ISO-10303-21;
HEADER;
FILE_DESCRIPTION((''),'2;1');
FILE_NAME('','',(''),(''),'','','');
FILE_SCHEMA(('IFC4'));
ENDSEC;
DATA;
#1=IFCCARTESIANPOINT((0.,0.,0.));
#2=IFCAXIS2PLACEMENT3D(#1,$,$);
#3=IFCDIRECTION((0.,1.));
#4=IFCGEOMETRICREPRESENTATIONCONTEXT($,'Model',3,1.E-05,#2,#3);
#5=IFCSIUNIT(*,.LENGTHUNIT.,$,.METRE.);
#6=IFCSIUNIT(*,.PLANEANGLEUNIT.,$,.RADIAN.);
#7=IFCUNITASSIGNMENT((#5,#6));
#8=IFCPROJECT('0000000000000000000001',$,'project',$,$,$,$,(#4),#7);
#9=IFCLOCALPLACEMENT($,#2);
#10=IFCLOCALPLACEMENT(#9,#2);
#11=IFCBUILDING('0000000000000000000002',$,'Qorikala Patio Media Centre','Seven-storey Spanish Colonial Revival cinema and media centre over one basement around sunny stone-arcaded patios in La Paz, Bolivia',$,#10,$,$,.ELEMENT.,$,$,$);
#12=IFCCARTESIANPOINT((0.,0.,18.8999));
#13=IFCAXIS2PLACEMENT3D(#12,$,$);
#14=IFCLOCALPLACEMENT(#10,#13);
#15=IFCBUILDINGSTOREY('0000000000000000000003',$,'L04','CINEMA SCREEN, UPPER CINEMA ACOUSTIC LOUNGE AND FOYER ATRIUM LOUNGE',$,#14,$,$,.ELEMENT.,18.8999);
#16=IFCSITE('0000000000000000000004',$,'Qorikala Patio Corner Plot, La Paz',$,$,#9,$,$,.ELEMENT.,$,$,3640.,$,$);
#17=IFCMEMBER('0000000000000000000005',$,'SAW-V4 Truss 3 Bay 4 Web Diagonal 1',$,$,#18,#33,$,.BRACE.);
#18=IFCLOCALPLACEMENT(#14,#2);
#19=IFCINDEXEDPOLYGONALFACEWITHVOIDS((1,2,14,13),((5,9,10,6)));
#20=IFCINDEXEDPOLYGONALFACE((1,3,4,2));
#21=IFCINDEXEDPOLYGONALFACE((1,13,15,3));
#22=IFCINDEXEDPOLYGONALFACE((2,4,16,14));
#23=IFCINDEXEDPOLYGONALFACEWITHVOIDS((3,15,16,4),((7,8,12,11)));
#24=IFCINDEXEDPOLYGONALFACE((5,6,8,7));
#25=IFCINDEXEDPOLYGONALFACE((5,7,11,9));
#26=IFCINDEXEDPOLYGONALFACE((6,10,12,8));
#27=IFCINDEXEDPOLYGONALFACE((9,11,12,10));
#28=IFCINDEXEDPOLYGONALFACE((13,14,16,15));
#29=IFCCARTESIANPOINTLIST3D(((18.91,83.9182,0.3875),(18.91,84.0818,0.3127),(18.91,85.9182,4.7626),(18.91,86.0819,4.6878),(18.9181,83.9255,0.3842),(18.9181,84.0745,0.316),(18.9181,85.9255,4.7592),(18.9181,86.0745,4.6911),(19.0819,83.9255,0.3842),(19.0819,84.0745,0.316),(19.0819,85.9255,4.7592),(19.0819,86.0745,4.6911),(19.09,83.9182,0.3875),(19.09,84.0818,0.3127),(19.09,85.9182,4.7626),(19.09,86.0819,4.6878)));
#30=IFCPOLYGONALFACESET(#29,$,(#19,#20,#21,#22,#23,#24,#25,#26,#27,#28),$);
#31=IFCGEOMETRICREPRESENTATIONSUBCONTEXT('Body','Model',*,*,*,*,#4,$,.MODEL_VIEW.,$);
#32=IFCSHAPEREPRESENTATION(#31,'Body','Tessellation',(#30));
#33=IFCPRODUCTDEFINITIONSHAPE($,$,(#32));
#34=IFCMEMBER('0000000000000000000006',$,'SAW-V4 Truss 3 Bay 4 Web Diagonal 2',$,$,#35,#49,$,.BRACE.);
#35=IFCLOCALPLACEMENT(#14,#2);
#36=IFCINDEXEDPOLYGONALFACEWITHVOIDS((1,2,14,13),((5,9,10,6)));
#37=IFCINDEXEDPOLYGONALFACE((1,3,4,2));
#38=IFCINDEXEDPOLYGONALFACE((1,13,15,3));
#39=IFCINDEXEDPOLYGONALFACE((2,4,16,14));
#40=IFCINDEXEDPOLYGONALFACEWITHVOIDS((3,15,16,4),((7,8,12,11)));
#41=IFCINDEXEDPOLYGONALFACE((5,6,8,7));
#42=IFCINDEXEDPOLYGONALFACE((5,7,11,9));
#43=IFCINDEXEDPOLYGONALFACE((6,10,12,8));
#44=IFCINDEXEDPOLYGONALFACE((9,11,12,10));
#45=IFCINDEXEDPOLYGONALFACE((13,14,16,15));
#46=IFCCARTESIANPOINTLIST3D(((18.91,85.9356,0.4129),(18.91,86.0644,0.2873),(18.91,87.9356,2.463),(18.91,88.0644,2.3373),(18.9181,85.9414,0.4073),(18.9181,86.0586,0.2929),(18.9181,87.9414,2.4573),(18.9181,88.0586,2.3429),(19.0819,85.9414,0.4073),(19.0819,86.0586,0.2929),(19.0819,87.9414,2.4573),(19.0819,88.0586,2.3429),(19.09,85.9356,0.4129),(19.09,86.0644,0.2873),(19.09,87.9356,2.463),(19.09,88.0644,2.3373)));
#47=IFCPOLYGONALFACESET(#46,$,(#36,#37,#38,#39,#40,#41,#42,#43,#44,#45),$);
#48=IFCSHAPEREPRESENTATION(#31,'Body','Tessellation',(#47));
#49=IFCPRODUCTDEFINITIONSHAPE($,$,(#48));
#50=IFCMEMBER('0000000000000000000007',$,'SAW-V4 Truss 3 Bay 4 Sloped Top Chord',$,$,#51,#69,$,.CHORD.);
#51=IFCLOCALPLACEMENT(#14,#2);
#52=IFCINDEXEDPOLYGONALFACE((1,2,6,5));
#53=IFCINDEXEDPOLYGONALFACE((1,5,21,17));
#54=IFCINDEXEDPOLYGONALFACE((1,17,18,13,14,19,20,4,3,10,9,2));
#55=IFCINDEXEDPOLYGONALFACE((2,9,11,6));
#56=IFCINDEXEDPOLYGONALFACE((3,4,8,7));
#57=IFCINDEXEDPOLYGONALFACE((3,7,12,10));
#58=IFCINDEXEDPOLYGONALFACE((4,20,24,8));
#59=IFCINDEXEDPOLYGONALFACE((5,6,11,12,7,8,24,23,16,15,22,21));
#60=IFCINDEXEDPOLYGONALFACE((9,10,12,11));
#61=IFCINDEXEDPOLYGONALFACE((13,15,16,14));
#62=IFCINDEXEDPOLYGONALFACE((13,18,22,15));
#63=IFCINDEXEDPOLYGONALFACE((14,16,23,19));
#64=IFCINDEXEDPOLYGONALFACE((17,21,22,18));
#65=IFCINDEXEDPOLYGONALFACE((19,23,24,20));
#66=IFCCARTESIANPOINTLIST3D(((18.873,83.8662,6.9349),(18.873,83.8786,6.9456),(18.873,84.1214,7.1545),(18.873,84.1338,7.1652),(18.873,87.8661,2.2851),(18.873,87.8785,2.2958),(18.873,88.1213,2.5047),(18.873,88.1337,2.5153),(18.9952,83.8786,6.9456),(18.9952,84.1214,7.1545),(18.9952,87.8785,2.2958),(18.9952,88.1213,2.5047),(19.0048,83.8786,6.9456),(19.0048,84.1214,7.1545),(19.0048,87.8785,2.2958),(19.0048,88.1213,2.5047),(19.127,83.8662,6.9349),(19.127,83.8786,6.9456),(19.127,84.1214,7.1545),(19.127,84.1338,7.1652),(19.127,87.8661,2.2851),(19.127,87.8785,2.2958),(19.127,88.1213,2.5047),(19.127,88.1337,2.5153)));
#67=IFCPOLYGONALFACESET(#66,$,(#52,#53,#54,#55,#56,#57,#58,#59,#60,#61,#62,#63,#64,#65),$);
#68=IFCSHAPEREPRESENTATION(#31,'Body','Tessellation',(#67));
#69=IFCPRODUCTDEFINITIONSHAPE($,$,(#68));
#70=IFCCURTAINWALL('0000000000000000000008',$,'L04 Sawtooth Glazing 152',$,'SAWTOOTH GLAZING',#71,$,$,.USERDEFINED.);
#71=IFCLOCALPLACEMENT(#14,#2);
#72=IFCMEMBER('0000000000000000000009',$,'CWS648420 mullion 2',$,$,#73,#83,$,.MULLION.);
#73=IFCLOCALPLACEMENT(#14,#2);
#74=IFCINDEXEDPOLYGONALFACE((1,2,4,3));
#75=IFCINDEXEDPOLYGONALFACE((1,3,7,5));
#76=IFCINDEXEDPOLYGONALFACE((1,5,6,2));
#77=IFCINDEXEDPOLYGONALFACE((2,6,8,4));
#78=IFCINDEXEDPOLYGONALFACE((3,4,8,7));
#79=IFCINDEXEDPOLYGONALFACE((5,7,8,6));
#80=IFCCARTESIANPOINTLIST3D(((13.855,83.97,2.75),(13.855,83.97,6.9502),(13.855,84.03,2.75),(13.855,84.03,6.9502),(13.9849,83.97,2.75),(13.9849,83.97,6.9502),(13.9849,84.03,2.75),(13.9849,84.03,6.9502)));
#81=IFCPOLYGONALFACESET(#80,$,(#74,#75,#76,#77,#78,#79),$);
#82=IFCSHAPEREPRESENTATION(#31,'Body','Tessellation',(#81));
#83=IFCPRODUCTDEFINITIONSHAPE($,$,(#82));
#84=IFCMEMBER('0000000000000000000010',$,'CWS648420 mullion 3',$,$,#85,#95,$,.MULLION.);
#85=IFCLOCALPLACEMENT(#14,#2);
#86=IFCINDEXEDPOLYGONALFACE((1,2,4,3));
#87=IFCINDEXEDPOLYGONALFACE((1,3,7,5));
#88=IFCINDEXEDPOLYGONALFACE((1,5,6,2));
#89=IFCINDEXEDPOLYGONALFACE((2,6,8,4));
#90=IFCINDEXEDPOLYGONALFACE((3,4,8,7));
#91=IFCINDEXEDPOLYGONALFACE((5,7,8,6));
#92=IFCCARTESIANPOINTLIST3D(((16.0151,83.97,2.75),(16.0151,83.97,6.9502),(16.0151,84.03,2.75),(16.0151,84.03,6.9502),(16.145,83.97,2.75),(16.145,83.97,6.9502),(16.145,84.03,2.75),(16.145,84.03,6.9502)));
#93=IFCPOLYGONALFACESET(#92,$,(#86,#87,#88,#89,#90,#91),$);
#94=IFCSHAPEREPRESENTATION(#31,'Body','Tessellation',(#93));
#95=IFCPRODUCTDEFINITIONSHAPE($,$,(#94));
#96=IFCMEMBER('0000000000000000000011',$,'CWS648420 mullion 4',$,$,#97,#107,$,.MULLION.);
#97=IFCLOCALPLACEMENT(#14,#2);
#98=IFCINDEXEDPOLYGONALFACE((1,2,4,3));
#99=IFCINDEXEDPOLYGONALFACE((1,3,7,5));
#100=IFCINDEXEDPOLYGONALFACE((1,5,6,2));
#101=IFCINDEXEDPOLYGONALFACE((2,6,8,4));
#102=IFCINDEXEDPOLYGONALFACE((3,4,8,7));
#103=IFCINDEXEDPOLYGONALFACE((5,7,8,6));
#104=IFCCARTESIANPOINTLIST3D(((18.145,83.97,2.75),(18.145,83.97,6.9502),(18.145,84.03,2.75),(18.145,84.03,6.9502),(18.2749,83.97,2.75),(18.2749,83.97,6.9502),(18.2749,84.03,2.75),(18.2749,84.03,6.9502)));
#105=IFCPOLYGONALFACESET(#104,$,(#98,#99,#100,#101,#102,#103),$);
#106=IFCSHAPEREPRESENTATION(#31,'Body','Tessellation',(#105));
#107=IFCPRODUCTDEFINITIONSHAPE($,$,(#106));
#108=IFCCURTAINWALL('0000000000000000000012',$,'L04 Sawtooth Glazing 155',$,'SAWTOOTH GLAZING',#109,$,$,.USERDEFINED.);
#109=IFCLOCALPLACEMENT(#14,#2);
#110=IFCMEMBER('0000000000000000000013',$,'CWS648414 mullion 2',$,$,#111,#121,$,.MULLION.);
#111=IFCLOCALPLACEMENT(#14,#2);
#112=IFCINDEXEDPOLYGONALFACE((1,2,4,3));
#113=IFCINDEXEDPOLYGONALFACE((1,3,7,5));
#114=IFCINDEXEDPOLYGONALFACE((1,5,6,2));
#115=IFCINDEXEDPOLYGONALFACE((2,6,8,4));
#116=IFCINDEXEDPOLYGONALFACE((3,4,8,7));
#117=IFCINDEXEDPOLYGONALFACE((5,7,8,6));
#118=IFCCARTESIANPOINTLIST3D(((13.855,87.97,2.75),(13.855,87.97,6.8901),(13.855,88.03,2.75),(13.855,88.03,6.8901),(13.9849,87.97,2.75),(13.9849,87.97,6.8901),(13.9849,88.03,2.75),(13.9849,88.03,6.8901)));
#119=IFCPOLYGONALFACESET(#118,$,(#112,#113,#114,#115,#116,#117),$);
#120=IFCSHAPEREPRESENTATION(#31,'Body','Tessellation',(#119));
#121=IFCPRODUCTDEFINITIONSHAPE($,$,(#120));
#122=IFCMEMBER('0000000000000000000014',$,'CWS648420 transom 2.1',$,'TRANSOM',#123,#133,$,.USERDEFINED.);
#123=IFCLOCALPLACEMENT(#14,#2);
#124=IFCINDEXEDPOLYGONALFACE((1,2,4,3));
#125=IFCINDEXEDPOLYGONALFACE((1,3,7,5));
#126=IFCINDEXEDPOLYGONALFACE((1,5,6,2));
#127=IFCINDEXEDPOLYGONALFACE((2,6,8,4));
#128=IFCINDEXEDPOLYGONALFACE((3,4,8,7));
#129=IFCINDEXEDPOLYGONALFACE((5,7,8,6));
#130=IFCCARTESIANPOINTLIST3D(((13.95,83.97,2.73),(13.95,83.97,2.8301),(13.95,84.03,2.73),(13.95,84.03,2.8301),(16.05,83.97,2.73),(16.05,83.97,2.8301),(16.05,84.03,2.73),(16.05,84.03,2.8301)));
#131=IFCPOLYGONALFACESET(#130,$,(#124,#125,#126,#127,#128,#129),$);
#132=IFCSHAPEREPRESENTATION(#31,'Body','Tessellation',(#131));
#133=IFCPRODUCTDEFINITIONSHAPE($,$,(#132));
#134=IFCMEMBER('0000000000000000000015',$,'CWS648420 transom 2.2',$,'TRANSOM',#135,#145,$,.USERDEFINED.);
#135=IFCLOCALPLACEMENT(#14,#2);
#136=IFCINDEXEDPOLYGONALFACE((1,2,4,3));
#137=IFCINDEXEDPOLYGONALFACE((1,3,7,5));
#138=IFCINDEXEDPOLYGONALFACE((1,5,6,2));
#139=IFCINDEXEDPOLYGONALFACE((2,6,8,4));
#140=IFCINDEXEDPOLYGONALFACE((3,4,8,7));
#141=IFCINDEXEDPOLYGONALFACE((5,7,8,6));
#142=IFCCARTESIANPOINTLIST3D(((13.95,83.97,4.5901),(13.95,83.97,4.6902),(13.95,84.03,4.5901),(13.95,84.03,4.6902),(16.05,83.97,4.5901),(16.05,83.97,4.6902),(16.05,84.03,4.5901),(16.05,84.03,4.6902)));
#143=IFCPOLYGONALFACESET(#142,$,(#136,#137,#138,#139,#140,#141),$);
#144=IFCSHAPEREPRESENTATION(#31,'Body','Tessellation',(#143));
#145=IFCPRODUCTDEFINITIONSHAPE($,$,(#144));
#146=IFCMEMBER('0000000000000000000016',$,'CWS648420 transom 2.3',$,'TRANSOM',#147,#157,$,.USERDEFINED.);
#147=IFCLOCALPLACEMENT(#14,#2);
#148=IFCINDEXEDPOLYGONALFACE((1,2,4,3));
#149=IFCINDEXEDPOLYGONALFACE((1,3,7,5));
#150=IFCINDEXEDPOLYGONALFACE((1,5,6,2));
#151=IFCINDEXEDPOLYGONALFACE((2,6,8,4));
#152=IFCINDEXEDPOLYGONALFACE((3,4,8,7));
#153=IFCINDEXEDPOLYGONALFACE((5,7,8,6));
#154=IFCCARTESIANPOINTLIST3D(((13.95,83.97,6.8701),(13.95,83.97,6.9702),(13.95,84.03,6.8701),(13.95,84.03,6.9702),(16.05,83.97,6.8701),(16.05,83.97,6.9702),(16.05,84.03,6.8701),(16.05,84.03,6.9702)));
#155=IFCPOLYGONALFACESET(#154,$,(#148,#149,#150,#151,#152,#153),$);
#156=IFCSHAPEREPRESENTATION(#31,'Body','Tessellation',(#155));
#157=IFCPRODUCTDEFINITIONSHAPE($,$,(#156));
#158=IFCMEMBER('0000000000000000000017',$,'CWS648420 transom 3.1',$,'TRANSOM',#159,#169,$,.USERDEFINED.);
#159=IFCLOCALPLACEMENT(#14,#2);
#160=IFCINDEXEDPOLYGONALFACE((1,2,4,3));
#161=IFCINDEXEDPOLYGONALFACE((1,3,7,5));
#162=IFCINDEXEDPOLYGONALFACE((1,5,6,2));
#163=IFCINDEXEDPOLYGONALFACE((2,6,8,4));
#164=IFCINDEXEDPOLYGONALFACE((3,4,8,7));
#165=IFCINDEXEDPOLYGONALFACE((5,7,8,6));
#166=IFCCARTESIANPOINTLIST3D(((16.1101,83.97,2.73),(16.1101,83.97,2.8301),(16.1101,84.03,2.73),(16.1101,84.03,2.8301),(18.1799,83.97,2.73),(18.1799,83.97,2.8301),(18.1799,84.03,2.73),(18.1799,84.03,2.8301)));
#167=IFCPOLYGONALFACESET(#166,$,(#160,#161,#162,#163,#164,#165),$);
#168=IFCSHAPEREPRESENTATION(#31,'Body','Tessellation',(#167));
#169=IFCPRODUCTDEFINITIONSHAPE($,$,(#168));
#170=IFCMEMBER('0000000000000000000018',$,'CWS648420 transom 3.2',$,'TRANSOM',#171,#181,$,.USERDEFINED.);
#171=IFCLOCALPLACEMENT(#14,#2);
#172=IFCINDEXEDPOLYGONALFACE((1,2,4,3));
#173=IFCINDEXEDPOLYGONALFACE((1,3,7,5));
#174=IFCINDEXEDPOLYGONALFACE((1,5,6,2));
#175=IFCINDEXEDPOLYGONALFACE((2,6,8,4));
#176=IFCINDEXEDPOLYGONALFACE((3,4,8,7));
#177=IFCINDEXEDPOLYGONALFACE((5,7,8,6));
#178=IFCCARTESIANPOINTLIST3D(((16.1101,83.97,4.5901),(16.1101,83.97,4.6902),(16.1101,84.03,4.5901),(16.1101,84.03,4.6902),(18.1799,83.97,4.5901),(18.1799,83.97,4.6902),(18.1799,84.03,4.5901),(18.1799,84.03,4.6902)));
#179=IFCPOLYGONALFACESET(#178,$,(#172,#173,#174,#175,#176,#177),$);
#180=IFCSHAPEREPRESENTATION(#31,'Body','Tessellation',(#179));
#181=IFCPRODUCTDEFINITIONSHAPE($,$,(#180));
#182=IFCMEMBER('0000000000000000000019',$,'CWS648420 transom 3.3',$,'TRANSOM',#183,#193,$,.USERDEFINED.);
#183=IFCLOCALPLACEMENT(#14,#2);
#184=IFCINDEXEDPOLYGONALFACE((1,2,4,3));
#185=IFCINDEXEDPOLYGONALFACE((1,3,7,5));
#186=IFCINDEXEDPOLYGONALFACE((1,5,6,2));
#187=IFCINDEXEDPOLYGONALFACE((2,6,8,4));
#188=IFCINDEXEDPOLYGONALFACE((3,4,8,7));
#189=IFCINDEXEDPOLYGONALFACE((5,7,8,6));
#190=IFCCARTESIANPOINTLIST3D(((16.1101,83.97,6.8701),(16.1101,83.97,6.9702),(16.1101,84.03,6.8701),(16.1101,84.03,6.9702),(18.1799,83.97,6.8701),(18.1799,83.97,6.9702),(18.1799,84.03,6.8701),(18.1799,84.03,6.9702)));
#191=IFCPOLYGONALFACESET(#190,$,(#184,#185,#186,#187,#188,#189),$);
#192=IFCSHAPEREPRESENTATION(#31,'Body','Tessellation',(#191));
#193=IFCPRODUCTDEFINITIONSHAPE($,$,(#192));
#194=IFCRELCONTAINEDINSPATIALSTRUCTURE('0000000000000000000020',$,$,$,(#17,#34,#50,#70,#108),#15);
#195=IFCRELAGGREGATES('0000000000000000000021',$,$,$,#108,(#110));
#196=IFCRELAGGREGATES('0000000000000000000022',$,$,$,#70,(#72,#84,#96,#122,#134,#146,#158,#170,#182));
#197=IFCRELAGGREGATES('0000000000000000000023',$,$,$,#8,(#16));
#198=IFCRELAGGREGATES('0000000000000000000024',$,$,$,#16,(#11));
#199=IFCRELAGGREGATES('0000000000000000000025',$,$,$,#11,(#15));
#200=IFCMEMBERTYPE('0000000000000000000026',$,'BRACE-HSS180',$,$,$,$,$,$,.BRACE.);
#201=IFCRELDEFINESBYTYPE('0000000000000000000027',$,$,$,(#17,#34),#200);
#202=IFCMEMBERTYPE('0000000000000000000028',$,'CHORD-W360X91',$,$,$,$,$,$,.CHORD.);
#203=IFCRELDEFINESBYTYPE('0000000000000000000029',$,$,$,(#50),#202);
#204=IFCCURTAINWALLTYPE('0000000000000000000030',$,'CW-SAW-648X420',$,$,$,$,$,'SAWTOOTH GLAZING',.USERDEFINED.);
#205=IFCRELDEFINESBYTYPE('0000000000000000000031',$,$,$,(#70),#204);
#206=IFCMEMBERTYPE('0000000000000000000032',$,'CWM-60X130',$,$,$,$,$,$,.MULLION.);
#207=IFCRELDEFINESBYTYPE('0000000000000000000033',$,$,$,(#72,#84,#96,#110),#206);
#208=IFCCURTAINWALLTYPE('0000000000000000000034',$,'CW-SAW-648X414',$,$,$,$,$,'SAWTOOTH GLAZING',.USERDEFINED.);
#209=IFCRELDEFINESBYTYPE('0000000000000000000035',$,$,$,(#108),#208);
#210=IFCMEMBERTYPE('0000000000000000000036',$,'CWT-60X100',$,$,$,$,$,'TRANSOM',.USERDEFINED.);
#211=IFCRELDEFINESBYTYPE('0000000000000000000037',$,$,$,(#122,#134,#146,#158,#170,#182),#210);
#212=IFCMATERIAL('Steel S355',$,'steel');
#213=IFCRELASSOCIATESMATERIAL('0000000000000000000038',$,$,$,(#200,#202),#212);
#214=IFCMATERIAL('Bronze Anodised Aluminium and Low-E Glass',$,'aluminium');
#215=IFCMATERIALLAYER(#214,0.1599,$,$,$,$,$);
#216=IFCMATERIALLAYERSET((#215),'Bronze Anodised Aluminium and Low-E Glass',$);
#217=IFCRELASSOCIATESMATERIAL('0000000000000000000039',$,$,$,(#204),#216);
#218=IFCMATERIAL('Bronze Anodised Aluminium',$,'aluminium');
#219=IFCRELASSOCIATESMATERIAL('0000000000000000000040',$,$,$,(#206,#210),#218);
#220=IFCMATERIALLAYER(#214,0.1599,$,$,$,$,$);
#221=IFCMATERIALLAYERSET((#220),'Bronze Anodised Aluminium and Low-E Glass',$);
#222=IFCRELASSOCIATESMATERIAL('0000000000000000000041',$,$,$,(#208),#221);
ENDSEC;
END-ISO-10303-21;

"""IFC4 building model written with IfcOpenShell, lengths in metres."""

from ifc_helpers import new_model, si_unit, direction, frame, origin, origin_2d, place, context, subcontext, project, spatial, rectangle, hollow_rectangle, i_section, extrude, material, layer, layer_set, material_profile, profile_set, type_object, element, aggregate, save


model = new_model("IFC4")

# Units and contexts
model_context = context("Model", 3, precision=1e-05, world=origin(), true_north=direction((0.0, 1.0)))
body_context = subcontext(model_context, "Body", "Model", "MODEL_VIEW")
ifc_project = project(units=[si_unit("LENGTHUNIT", "METRE"), si_unit("PLANEANGLEUNIT", "RADIAN")], contexts=[model_context])

# Site, building, storey
site_placement = place(None, origin())
site = spatial("IfcSite", under=ifc_project, at=site_placement, Name="Qorikala Patio Corner Plot, La Paz", CompositionType="ELEMENT", RefElevation=3640.0)
building_placement = place(site_placement, origin())
building = spatial("IfcBuilding", under=site, at=building_placement, Name="Qorikala Patio Media Centre", Description="Seven-storey Spanish Colonial Revival cinema and media centre over one basement around sunny stone-arcaded patios in La Paz, Bolivia", CompositionType="ELEMENT")
storey_placement = place(building_placement, frame((0.0, 0.0, 18.8999)))
storey = spatial("IfcBuildingStorey", under=building, at=storey_placement, Name="L04", Description="CINEMA SCREEN, UPPER CINEMA ACOUSTIC LOUNGE AND FOYER ATRIUM LOUNGE", CompositionType="ELEMENT", Elevation=18.8999)

# Members
ifc_material_1 = material(Name="Steel S355", Category="steel")
ifc_material_profile_1 = material_profile(ifc_material_1, hollow_rectangle(XDim=0.1799, YDim=0.1799, WallThickness=0.0081, at=origin_2d()), Name="HSS180X180X8")
ifc_profile_set_1 = profile_set([ifc_material_profile_1], Name="Steel S355")
member_type_1 = type_object("IfcMemberType", Name="BRACE-HSS180", PredefinedType="BRACE", material=ifc_profile_set_1)
member_1_placement = place(storey_placement, frame((19.0, 84.0, 0.3501), z_axis=(0.0, 0.41576, 0.909474), x_axis=(-1.0, 0.0, 0.0)))
element("IfcMember", 1, at=member_1_placement, inside=storey, type_object=member_type_1, Name="SAW-V4 Truss 3 Bay 4 Web Diagonal 1", PredefinedType="BRACE", context=body_context, shape_type="SweptSolid", body=[
    extrude(hollow_rectangle(XDim=0.1799, YDim=0.1799, WallThickness=0.0081, at=origin_2d()), origin(), (0.0, 0.0, 1.0), 4.8105),
])
member_2_placement = place(storey_placement, frame((19.0, 86.0, 0.3501), z_axis=(0.0, 0.698315, 0.71579), x_axis=(-1.0, 0.0, 0.0)))
element("IfcMember", 2, at=member_2_placement, inside=storey, type_object=member_type_1, Name="SAW-V4 Truss 3 Bay 4 Web Diagonal 2", PredefinedType="BRACE", context=body_context, shape_type="SweptSolid", body=[
    extrude(hollow_rectangle(XDim=0.1799, YDim=0.1799, WallThickness=0.0081, at=origin_2d()), origin(), (0.0, 0.0, 1.0), 2.864),
])
ifc_material_profile_2 = material_profile(ifc_material_1, i_section(OverallWidth=0.2539, OverallDepth=0.353, WebThickness=0.0095, FlangeThickness=0.0164, at=origin_2d()), Name="W360X91")
ifc_profile_set_2 = profile_set([ifc_material_profile_2], Name="Steel S355")
member_type_2 = type_object("IfcMemberType", Name="CHORD-W360X91", PredefinedType="CHORD", material=ifc_profile_set_2)
member_3_placement = place(storey_placement, frame((19.0, 84.0, 7.05), z_axis=(0.0, 0.652141, -0.758098), x_axis=(-1.0, 0.0, 0.0)))
element("IfcMember", 3, at=member_3_placement, inside=storey, type_object=member_type_2, Name="SAW-V4 Truss 3 Bay 4 Sloped Top Chord", PredefinedType="CHORD", context=body_context, shape_type="SweptSolid", body=[
    extrude(i_section(OverallWidth=0.2539, OverallDepth=0.353, WebThickness=0.0095, FlangeThickness=0.0164, at=origin_2d()), origin(), (0.0, 0.0, 1.0), 6.1335),
])

# Curtain wall, members
ifc_material_2 = material(Name="Bronze Anodised Aluminium and Low-E Glass", Category="aluminium")
ifc_layer_1 = layer(ifc_material_2, 0.1599)
ifc_layer_set_1 = layer_set([ifc_layer_1], Name="Bronze Anodised Aluminium and Low-E Glass")
curtain_wall_type_1 = type_object("IfcCurtainWallType", Name="CW-SAW-648X420", ElementType="SAWTOOTH GLAZING", PredefinedType="USERDEFINED", material=ifc_layer_set_1)
curtain_wall_1_placement = place(storey_placement, origin())
curtain_wall_1 = element("IfcCurtainWall", 4, at=curtain_wall_1_placement, inside=storey, type_object=curtain_wall_type_1, Name="L04 Sawtooth Glazing 152", ObjectType="SAWTOOTH GLAZING", PredefinedType="USERDEFINED")
ifc_material_3 = material(Name="Bronze Anodised Aluminium", Category="aluminium")
ifc_material_profile_3 = material_profile(ifc_material_3, rectangle(XDim=0.0601, YDim=0.1299, at=origin_2d()), Name="ALU MULLION 60x130")
ifc_profile_set_3 = profile_set([ifc_material_profile_3], Name="Bronze Anodised Aluminium")
member_type_3 = type_object("IfcMemberType", Name="CWM-60X130", PredefinedType="MULLION", material=ifc_profile_set_3)
member_4_placement = place(storey_placement, frame((13.9199, 84.0, 2.75), z_axis=(0.0, 0.0, 1.0), x_axis=(0.0, 1.0, 0.0)))
member_4 = element("IfcMember", 5, at=member_4_placement, type_object=member_type_3, Name="CWS648420 mullion 2", PredefinedType="MULLION", context=body_context, shape_type="SweptSolid", body=[
    extrude(rectangle(XDim=0.0601, YDim=0.1299, at=origin_2d()), origin(), (0.0, 0.0, 1.0), 4.2002),
])
member_5_placement = place(storey_placement, frame((16.0801, 84.0, 2.75), z_axis=(0.0, 0.0, 1.0), x_axis=(0.0, 1.0, 0.0)))
member_5 = element("IfcMember", 6, at=member_5_placement, type_object=member_type_3, Name="CWS648420 mullion 3", PredefinedType="MULLION", context=body_context, shape_type="SweptSolid", body=[
    extrude(rectangle(XDim=0.0601, YDim=0.1299, at=origin_2d()), origin(), (0.0, 0.0, 1.0), 4.2002),
])
member_6_placement = place(storey_placement, frame((18.21, 84.0, 2.75), z_axis=(0.0, 0.0, 1.0), x_axis=(0.0, 1.0, 0.0)))
member_6 = element("IfcMember", 7, at=member_6_placement, type_object=member_type_3, Name="CWS648420 mullion 4", PredefinedType="MULLION", context=body_context, shape_type="SweptSolid", body=[
    extrude(rectangle(XDim=0.0601, YDim=0.1299, at=origin_2d()), origin(), (0.0, 0.0, 1.0), 4.2002),
])

# Curtain wall, member
ifc_layer_2 = layer(ifc_material_2, 0.1599)
ifc_layer_set_2 = layer_set([ifc_layer_2], Name="Bronze Anodised Aluminium and Low-E Glass")
curtain_wall_type_2 = type_object("IfcCurtainWallType", Name="CW-SAW-648X414", ElementType="SAWTOOTH GLAZING", PredefinedType="USERDEFINED", material=ifc_layer_set_2)
curtain_wall_2_placement = place(storey_placement, origin())
curtain_wall_2 = element("IfcCurtainWall", 8, at=curtain_wall_2_placement, inside=storey, type_object=curtain_wall_type_2, Name="L04 Sawtooth Glazing 155", ObjectType="SAWTOOTH GLAZING", PredefinedType="USERDEFINED")
member_7_placement = place(storey_placement, frame((13.9199, 88.0, 2.75), z_axis=(0.0, 0.0, 1.0), x_axis=(0.0, 1.0, 0.0)))
member_7 = element("IfcMember", 9, at=member_7_placement, type_object=member_type_3, Name="CWS648414 mullion 2", PredefinedType="MULLION", context=body_context, shape_type="SweptSolid", body=[
    extrude(rectangle(XDim=0.0601, YDim=0.1299, at=origin_2d()), origin(), (0.0, 0.0, 1.0), 4.1401),
])

# Members
ifc_material_profile_4 = material_profile(ifc_material_3, rectangle(XDim=0.0601, YDim=0.1001, at=origin_2d()), Name="ALU TRANSOM 60x100")
ifc_profile_set_4 = profile_set([ifc_material_profile_4], Name="Bronze Anodised Aluminium")
member_type_4 = type_object("IfcMemberType", Name="CWT-60X100", ElementType="TRANSOM", PredefinedType="USERDEFINED", material=ifc_profile_set_4)
member_8_placement = place(storey_placement, frame((13.95, 84.0, 2.78), z_axis=(1.0, 0.0, 0.0), x_axis=(0.0, 1.0, 0.0)))
member_8 = element("IfcMember", 10, at=member_8_placement, type_object=member_type_4, Name="CWS648420 transom 2.1", ObjectType="TRANSOM", PredefinedType="USERDEFINED", context=body_context, shape_type="SweptSolid", body=[
    extrude(rectangle(XDim=0.0601, YDim=0.1001, at=origin_2d()), origin(), (0.0, 0.0, 1.0), 2.1001),
])
member_9_placement = place(storey_placement, frame((13.95, 84.0, 4.6401), z_axis=(1.0, 0.0, 0.0), x_axis=(0.0, 1.0, 0.0)))
member_9 = element("IfcMember", 11, at=member_9_placement, type_object=member_type_4, Name="CWS648420 transom 2.2", ObjectType="TRANSOM", PredefinedType="USERDEFINED", context=body_context, shape_type="SweptSolid", body=[
    extrude(rectangle(XDim=0.0601, YDim=0.1001, at=origin_2d()), origin(), (0.0, 0.0, 1.0), 2.1001),
])
member_10_placement = place(storey_placement, frame((13.95, 84.0, 6.9202), z_axis=(1.0, 0.0, 0.0), x_axis=(0.0, 1.0, 0.0)))
member_10 = element("IfcMember", 12, at=member_10_placement, type_object=member_type_4, Name="CWS648420 transom 2.3", ObjectType="TRANSOM", PredefinedType="USERDEFINED", context=body_context, shape_type="SweptSolid", body=[
    extrude(rectangle(XDim=0.0601, YDim=0.1001, at=origin_2d()), origin(), (0.0, 0.0, 1.0), 2.1001),
])
member_11_placement = place(storey_placement, frame((16.1101, 84.0, 2.78), z_axis=(1.0, 0.0, 0.0), x_axis=(0.0, 1.0, 0.0)))
member_11 = element("IfcMember", 13, at=member_11_placement, type_object=member_type_4, Name="CWS648420 transom 3.1", ObjectType="TRANSOM", PredefinedType="USERDEFINED", context=body_context, shape_type="SweptSolid", body=[
    extrude(rectangle(XDim=0.0601, YDim=0.1001, at=origin_2d()), origin(), (0.0, 0.0, 1.0), 2.0698),
])
member_12_placement = place(storey_placement, frame((16.1101, 84.0, 4.6401), z_axis=(1.0, 0.0, 0.0), x_axis=(0.0, 1.0, 0.0)))
member_12 = element("IfcMember", 14, at=member_12_placement, type_object=member_type_4, Name="CWS648420 transom 3.2", ObjectType="TRANSOM", PredefinedType="USERDEFINED", context=body_context, shape_type="SweptSolid", body=[
    extrude(rectangle(XDim=0.0601, YDim=0.1001, at=origin_2d()), origin(), (0.0, 0.0, 1.0), 2.0698),
])
member_13_placement = place(storey_placement, frame((16.1101, 84.0, 6.9202), z_axis=(1.0, 0.0, 0.0), x_axis=(0.0, 1.0, 0.0)))
member_13 = element("IfcMember", 15, at=member_13_placement, type_object=member_type_4, Name="CWS648420 transom 3.3", ObjectType="TRANSOM", PredefinedType="USERDEFINED", context=body_context, shape_type="SweptSolid", body=[
    extrude(rectangle(XDim=0.0601, YDim=0.1001, at=origin_2d()), origin(), (0.0, 0.0, 1.0), 2.0698),
])
aggregate(curtain_wall_2, [member_7])

aggregate(curtain_wall_1, [member_4, member_5, member_6, member_8, member_9, member_10, member_11, member_12, member_13])

save(model, "model.ifc")
